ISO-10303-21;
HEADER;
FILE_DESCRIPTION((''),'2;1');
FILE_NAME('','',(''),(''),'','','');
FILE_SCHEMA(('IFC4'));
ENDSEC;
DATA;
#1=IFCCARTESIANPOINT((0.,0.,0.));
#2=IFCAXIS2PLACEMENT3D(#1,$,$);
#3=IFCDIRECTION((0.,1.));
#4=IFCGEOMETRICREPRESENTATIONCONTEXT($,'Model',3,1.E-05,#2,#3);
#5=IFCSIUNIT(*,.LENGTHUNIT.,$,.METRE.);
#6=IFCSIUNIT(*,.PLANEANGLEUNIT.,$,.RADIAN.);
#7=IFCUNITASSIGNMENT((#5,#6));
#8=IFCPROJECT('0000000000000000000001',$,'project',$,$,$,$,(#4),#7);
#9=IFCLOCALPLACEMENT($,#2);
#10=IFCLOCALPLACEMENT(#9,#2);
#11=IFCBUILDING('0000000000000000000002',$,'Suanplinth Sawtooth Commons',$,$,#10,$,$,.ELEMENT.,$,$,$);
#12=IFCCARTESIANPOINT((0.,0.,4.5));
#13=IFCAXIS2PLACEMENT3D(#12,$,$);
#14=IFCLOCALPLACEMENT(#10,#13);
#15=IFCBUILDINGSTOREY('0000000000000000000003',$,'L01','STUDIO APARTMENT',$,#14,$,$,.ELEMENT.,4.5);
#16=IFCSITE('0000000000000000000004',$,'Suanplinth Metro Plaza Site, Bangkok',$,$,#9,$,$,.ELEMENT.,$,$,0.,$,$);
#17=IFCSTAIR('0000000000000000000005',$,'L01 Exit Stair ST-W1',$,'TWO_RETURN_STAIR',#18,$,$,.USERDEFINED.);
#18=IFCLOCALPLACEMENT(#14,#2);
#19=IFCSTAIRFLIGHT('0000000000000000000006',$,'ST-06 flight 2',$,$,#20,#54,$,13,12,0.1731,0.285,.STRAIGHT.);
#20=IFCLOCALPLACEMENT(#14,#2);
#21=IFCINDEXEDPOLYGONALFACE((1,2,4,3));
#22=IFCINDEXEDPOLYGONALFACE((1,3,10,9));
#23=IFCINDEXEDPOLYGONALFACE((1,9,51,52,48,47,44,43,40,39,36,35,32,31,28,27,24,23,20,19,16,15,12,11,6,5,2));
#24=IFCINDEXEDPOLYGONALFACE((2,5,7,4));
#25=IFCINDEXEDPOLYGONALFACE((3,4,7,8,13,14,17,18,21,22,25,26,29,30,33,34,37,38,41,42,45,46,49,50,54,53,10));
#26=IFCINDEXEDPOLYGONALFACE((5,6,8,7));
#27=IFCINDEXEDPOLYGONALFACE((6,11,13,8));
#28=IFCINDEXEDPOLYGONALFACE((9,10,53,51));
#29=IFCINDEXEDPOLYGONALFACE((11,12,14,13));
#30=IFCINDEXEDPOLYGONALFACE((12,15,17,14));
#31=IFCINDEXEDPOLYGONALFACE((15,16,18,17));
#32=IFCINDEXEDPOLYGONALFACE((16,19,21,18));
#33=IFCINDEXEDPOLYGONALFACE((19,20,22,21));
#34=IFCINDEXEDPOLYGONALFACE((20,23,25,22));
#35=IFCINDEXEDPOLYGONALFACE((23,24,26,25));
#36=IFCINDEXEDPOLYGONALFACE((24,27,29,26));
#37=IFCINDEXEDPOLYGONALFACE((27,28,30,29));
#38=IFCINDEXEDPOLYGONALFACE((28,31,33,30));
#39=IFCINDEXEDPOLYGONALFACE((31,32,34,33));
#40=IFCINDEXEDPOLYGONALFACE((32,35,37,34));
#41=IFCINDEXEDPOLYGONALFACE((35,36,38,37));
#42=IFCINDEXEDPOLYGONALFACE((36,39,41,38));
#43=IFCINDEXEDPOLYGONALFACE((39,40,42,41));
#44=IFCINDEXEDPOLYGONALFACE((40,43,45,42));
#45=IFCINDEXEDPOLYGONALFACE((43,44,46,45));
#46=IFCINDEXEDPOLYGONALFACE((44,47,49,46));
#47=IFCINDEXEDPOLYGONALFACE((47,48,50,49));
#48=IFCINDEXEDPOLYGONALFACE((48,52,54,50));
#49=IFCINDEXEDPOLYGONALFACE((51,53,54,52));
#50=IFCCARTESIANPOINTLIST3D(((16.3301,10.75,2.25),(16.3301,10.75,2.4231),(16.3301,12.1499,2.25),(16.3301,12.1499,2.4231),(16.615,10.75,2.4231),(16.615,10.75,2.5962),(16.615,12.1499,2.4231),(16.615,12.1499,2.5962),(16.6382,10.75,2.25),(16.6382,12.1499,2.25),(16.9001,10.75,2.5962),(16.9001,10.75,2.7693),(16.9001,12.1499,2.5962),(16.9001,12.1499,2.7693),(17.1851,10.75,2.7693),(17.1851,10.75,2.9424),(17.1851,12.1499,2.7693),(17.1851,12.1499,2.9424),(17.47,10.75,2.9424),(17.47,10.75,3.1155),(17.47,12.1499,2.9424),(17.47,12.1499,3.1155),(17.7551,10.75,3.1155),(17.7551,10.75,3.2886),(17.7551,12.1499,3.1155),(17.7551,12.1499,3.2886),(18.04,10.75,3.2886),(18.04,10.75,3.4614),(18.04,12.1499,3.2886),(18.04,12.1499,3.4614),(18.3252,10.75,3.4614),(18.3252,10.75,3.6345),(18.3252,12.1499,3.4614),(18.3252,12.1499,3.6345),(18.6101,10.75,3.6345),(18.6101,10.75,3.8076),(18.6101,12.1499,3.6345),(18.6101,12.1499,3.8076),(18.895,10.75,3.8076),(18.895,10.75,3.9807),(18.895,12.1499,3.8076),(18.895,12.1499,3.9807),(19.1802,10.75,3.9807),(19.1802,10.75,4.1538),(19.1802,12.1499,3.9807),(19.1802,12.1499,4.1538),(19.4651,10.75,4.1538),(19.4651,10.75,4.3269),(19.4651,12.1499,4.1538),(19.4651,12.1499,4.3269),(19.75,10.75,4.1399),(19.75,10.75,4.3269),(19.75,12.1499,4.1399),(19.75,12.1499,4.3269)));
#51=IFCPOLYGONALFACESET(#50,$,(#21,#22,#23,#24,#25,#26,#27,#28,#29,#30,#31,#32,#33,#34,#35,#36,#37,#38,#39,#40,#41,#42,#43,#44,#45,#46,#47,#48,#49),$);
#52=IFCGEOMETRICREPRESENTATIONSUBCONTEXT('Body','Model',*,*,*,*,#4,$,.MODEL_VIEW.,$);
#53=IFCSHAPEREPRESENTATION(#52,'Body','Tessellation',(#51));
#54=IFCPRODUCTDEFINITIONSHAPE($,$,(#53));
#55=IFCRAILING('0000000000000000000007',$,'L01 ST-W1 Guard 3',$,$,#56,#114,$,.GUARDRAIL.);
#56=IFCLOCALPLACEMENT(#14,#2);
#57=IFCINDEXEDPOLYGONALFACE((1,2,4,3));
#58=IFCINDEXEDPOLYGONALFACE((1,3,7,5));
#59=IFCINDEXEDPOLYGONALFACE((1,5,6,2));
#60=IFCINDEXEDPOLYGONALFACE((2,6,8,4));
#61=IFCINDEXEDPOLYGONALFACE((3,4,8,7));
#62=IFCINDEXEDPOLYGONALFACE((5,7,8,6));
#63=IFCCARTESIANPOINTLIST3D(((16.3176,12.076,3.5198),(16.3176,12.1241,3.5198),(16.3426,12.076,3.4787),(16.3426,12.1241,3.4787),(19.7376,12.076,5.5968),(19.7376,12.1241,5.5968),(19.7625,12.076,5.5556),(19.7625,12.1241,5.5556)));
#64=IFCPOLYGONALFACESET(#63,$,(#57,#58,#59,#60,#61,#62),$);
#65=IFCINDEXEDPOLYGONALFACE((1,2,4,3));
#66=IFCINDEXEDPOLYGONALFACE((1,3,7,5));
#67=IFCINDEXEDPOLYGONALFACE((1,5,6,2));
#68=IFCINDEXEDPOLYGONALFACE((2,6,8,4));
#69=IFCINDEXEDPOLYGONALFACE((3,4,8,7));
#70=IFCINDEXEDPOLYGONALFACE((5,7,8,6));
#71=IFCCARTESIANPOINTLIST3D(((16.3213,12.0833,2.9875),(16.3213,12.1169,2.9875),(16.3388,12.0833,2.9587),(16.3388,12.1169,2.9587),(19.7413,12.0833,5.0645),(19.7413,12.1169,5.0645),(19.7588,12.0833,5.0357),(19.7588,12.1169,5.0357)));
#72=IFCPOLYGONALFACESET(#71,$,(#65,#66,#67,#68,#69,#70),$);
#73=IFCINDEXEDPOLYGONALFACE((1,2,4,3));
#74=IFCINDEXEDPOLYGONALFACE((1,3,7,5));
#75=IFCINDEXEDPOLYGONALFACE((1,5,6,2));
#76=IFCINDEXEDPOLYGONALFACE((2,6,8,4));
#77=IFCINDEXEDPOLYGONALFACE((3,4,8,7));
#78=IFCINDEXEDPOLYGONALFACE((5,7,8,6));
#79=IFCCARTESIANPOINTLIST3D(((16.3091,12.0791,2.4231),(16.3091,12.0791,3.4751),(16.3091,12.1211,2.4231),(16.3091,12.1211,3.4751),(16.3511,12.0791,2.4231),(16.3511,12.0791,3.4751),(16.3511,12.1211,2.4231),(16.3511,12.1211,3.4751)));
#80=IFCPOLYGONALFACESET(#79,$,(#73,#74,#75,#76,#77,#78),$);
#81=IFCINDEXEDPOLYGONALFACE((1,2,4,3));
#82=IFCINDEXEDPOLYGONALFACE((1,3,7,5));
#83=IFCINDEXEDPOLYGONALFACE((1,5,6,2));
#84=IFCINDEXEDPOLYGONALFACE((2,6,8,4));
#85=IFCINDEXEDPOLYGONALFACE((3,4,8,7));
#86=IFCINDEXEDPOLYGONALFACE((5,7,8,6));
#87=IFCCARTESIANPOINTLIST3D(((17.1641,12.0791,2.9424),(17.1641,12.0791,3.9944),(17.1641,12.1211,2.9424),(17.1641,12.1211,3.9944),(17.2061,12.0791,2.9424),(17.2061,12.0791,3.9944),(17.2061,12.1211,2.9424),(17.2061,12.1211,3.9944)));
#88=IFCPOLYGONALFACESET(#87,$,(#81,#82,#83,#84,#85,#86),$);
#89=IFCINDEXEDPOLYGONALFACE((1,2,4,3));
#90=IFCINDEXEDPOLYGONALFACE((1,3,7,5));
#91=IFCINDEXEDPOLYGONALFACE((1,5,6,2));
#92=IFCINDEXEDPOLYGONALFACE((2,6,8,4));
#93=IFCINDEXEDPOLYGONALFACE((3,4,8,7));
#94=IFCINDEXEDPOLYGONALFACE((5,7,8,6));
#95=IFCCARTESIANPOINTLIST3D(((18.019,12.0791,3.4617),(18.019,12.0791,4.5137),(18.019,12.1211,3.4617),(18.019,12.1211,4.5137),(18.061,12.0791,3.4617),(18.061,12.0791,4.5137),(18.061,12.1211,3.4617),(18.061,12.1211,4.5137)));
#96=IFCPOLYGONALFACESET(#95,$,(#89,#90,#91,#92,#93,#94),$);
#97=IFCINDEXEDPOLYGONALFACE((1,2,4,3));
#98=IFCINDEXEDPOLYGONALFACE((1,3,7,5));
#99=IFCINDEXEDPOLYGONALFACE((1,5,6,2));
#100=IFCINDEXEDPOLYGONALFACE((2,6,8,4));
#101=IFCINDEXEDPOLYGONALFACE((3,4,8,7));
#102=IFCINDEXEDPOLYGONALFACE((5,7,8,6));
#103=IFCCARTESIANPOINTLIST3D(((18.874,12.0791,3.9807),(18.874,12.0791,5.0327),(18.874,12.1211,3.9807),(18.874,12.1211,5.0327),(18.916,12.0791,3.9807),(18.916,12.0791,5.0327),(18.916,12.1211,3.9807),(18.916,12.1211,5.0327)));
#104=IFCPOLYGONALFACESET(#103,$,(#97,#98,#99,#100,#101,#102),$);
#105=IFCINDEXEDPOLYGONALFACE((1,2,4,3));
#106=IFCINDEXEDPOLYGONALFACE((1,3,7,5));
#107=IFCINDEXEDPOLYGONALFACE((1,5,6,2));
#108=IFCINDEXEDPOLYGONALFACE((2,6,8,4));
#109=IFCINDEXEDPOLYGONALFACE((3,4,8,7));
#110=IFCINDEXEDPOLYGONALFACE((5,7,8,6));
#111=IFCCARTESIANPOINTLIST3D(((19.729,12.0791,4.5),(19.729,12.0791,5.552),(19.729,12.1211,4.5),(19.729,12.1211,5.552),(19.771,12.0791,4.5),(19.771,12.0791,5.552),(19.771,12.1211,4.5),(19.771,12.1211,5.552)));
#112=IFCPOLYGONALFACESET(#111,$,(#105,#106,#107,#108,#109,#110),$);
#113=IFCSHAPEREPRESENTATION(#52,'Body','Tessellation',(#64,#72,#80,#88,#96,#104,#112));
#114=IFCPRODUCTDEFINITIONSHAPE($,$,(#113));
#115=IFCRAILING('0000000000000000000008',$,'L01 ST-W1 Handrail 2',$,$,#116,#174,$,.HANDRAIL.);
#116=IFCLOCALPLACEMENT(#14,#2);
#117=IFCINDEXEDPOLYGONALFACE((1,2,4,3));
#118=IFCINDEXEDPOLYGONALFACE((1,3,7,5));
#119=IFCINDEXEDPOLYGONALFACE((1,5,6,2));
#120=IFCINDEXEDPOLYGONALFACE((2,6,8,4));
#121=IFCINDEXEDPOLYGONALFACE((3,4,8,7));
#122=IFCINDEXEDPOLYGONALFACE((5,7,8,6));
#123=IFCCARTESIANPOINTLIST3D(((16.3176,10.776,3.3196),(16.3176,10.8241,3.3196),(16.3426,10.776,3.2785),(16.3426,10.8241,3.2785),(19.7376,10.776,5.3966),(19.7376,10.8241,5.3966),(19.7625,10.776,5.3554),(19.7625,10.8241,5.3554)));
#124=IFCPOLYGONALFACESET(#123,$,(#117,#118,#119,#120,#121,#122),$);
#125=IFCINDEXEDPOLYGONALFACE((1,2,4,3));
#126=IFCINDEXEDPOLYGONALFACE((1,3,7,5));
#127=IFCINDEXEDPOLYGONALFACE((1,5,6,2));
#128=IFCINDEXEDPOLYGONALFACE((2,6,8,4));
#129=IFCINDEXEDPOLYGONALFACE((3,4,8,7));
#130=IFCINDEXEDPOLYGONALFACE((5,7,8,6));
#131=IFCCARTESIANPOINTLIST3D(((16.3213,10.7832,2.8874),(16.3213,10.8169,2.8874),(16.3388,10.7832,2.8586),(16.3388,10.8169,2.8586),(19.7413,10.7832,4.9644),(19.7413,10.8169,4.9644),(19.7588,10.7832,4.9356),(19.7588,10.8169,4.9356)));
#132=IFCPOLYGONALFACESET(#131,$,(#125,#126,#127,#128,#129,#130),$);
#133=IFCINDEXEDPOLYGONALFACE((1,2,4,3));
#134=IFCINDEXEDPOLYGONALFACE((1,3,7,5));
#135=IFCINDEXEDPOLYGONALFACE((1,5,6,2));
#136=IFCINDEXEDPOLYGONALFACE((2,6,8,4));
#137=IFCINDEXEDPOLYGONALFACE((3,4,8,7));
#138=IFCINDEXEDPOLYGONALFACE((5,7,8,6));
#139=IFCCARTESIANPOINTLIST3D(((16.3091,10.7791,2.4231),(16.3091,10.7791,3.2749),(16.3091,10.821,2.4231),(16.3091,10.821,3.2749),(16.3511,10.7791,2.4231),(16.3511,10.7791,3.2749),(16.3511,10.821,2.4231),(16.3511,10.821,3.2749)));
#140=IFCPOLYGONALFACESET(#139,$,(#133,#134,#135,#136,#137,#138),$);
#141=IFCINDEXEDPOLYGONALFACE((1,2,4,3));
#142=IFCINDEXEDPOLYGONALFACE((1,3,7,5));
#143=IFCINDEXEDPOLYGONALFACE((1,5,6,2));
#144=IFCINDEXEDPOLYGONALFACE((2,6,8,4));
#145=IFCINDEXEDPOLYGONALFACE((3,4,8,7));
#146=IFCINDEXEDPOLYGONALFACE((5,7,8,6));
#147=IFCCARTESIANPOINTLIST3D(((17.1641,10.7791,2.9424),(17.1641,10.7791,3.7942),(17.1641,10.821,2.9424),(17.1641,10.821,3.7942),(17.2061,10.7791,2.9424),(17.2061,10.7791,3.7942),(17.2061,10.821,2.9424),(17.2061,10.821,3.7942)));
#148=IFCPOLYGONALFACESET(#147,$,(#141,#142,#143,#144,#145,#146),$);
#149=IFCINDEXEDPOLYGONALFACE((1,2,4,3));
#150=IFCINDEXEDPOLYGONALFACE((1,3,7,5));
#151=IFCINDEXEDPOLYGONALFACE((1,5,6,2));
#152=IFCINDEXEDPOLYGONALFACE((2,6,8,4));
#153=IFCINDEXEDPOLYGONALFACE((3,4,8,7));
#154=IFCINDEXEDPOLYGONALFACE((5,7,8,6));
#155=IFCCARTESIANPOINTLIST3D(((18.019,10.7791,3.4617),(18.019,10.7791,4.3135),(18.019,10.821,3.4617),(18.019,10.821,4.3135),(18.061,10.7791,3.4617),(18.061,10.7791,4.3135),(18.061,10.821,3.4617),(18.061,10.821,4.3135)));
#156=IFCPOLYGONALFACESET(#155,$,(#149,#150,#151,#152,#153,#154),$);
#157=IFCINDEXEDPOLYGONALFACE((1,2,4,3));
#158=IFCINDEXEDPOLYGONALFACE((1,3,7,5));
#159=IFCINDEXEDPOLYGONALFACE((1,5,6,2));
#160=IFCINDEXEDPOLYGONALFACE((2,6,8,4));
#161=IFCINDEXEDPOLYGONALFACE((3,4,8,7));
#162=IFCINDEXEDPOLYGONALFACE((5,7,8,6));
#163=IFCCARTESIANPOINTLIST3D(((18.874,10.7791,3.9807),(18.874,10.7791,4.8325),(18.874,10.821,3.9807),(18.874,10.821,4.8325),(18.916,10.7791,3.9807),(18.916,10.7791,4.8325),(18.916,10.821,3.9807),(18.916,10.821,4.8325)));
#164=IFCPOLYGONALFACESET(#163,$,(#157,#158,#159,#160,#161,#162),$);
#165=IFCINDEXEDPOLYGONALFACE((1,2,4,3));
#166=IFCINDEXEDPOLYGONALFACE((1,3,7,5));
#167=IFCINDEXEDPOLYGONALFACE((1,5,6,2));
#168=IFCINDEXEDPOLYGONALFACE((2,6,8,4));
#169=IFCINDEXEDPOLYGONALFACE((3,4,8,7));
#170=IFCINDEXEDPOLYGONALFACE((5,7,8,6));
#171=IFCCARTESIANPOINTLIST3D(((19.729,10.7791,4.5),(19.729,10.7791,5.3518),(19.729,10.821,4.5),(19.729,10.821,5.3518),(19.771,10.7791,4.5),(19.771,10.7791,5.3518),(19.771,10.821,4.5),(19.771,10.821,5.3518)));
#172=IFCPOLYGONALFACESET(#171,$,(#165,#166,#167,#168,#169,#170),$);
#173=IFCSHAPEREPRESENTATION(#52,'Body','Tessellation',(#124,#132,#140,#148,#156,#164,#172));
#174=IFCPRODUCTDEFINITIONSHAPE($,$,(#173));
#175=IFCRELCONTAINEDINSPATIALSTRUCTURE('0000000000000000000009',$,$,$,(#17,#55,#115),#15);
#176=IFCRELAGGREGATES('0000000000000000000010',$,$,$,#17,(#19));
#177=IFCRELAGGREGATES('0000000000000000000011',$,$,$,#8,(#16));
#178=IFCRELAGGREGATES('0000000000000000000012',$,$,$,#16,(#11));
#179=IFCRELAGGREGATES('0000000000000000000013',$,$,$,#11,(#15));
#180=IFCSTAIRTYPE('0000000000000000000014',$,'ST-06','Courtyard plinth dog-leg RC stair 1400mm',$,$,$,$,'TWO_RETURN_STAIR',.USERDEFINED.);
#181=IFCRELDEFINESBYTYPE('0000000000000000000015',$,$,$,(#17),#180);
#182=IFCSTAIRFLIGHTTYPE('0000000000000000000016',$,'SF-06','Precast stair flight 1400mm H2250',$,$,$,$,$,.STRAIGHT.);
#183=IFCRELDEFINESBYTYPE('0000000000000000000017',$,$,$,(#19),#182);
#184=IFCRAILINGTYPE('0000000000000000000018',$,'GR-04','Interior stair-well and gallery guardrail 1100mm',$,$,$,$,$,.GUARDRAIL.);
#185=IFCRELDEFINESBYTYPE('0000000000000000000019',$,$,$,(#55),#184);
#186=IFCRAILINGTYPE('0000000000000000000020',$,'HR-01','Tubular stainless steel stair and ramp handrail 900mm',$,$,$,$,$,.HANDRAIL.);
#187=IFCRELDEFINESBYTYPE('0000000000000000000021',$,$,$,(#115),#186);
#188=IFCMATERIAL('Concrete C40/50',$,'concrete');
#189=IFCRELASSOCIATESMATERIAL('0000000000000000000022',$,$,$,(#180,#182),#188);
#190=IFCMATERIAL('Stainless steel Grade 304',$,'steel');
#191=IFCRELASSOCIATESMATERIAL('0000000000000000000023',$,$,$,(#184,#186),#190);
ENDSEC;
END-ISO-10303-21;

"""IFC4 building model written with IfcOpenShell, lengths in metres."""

from ifc_helpers import new_model, si_unit, direction, frame, origin, origin_2d, place, context, subcontext, project, spatial, polyline, rectangle, outline, extrude, material, type_object, element, aggregate, save


model = new_model("IFC4")

# Units and contexts
model_context = context("Model", 3, precision=1e-05, world=origin(), true_north=direction((0.0, 1.0)))
body_context = subcontext(model_context, "Body", "Model", "MODEL_VIEW")
ifc_project = project(units=[si_unit("LENGTHUNIT", "METRE"), si_unit("PLANEANGLEUNIT", "RADIAN")], contexts=[model_context])

# Site, building, storey
site_placement = place(None, origin())
site = spatial("IfcSite", under=ifc_project, at=site_placement, Name="Suanplinth Metro Plaza Site, Bangkok", CompositionType="ELEMENT", RefElevation=0.0)
building_placement = place(site_placement, origin())
building = spatial("IfcBuilding", under=site, at=building_placement, Name="Suanplinth Sawtooth Commons", CompositionType="ELEMENT")
storey_placement = place(building_placement, frame((0.0, 0.0, 4.5)))
storey = spatial("IfcBuildingStorey", under=building, at=storey_placement, Name="L01", Description="STUDIO APARTMENT", CompositionType="ELEMENT", Elevation=4.5)

# Shared definitions
ifc_material_1 = material(Name="Concrete C40/50", Category="concrete")

# Stair, stair flight
stair_type = type_object("IfcStairType", Name="ST-06", Description="Courtyard plinth dog-leg RC stair 1400mm", ElementType="TWO_RETURN_STAIR", PredefinedType="USERDEFINED", material=ifc_material_1)
stair_placement = place(storey_placement, origin())
stair = element("IfcStair", 1, at=stair_placement, inside=storey, type_object=stair_type, Name="L01 Exit Stair ST-W1", ObjectType="TWO_RETURN_STAIR", PredefinedType="USERDEFINED")
stair_flight_type = type_object("IfcStairFlightType", Name="SF-06", Description="Precast stair flight 1400mm H2250", PredefinedType="STRAIGHT", material=ifc_material_1)
stair_flight_placement = place(storey_placement, frame((16.3301, 11.45, 2.25), z_axis=(0.0, 0.0, 1.0), x_axis=(1.0, 0.0, 0.0)))
stair_flight = element("IfcStairFlight", 2, at=stair_flight_placement, type_object=stair_flight_type, Name="ST-06 flight 2", NumberOfRisers=13, NumberOfTreads=12, PredefinedType="STRAIGHT", RiserHeight=0.1731, TreadLength=0.285, context=body_context, shape_type="SweptSolid", body=[
    extrude(outline(polyline([(0.0, 0.0), (0.0, 0.1731), (0.2849, 0.1731), (0.2849, 0.3462), (0.5701, 0.3462), (0.5701, 0.5193), (0.855, 0.5193), (0.855, 0.6924), (1.1399, 0.6924), (1.1399, 0.8655), (1.425, 0.8655), (1.425, 1.0386), (1.71, 1.0386), (1.71, 1.2114), (1.9951, 1.2114), (1.9951, 1.3845), (2.28, 1.3845), (2.28, 1.5576), (2.5649, 1.5576), (2.5649, 1.7307), (2.8501, 1.7307), (2.8501, 1.9038), (3.135, 1.9038), (3.135, 2.0769), (3.4199, 2.0769), (3.4199, 2.25), (3.4199, 1.8899), (0.3081, 0.0), (0.0, 0.0)])), frame((0.0, 0.7, 0.0), z_axis=(0.0, -1.0, 0.0), x_axis=(1.0, 0.0, 0.0)), (0.0, 0.0, 1.0), 1.3999),
])
aggregate(stair, [stair_flight])

# Railings
ifc_material_2 = material(Name="Stainless steel Grade 304", Category="steel")
railing_type_1 = type_object("IfcRailingType", Name="GR-04", Description="Interior stair-well and gallery guardrail 1100mm", PredefinedType="GUARDRAIL", material=ifc_material_2)
railing_1_placement = place(storey_placement, frame((16.3301, 12.1001, 2.4231)))
element("IfcRailing", 3, at=railing_1_placement, inside=storey, type_object=railing_type_1, Name="L01 ST-W1 Guard 3", PredefinedType="GUARDRAIL", context=body_context, shape_type="SweptSolid", body=[
    extrude(rectangle(XDim=0.0481, YDim=0.0481, at=origin_2d()), frame((0.0, 0.0, 1.0762), z_axis=(0.85473, 0.0, 0.519074), x_axis=(0.0, 1.0, 0.0)), (0.0, 0.0, 1.0), 4.0012),
    extrude(rectangle(XDim=0.0337, YDim=0.0337, at=origin_2d()), frame((0.0, 0.0, 0.55), z_axis=(0.85473, 0.0, 0.519074), x_axis=(0.0, 1.0, 0.0)), (0.0, 0.0, 1.0), 4.0012),
    extrude(rectangle(XDim=0.042, YDim=0.042, at=origin_2d()), origin(), (0.0, 0.0, 1.0), 1.052),
    extrude(rectangle(XDim=0.042, YDim=0.042, at=origin_2d()), frame((0.855, 0.0, 0.5193)), (0.0, 0.0, 1.0), 1.052),
    extrude(rectangle(XDim=0.042, YDim=0.042, at=origin_2d()), frame((1.71, 0.0, 1.0386)), (0.0, 0.0, 1.0), 1.052),
    extrude(rectangle(XDim=0.042, YDim=0.042, at=origin_2d()), frame((2.5649, 0.0, 1.5576)), (0.0, 0.0, 1.0), 1.052),
    extrude(rectangle(XDim=0.042, YDim=0.042, at=origin_2d()), frame((3.4199, 0.0, 2.0769)), (0.0, 0.0, 1.0), 1.052),
])
railing_type_2 = type_object("IfcRailingType", Name="HR-01", Description="Tubular stainless steel stair and ramp handrail 900mm", PredefinedType="HANDRAIL", material=ifc_material_2)
railing_2_placement = place(storey_placement, frame((16.3301, 10.8, 2.4231)))
element("IfcRailing", 4, at=railing_2_placement, inside=storey, type_object=railing_type_2, Name="L01 ST-W1 Handrail 2", PredefinedType="HANDRAIL", context=body_context, shape_type="SweptSolid", body=[
    extrude(rectangle(XDim=0.0481, YDim=0.0481, at=origin_2d()), frame((0.0, 0.0, 0.876), z_axis=(0.85473, 0.0, 0.519074), x_axis=(0.0, 1.0, 0.0)), (0.0, 0.0, 1.0), 4.0012),
    extrude(rectangle(XDim=0.0337, YDim=0.0337, at=origin_2d()), frame((0.0, 0.0, 0.45), z_axis=(0.85473, 0.0, 0.519074), x_axis=(0.0, 1.0, 0.0)), (0.0, 0.0, 1.0), 4.0012),
    extrude(rectangle(XDim=0.042, YDim=0.042, at=origin_2d()), origin(), (0.0, 0.0, 1.0), 0.8518),
    extrude(rectangle(XDim=0.042, YDim=0.042, at=origin_2d()), frame((0.855, 0.0, 0.5193)), (0.0, 0.0, 1.0), 0.8518),
    extrude(rectangle(XDim=0.042, YDim=0.042, at=origin_2d()), frame((1.71, 0.0, 1.0386)), (0.0, 0.0, 1.0), 0.8518),
    extrude(rectangle(XDim=0.042, YDim=0.042, at=origin_2d()), frame((2.5649, 0.0, 1.5576)), (0.0, 0.0, 1.0), 0.8518),
    extrude(rectangle(XDim=0.042, YDim=0.042, at=origin_2d()), frame((3.4199, 0.0, 2.0769)), (0.0, 0.0, 1.0), 0.8518),
])

save(model, "model.ifc")
